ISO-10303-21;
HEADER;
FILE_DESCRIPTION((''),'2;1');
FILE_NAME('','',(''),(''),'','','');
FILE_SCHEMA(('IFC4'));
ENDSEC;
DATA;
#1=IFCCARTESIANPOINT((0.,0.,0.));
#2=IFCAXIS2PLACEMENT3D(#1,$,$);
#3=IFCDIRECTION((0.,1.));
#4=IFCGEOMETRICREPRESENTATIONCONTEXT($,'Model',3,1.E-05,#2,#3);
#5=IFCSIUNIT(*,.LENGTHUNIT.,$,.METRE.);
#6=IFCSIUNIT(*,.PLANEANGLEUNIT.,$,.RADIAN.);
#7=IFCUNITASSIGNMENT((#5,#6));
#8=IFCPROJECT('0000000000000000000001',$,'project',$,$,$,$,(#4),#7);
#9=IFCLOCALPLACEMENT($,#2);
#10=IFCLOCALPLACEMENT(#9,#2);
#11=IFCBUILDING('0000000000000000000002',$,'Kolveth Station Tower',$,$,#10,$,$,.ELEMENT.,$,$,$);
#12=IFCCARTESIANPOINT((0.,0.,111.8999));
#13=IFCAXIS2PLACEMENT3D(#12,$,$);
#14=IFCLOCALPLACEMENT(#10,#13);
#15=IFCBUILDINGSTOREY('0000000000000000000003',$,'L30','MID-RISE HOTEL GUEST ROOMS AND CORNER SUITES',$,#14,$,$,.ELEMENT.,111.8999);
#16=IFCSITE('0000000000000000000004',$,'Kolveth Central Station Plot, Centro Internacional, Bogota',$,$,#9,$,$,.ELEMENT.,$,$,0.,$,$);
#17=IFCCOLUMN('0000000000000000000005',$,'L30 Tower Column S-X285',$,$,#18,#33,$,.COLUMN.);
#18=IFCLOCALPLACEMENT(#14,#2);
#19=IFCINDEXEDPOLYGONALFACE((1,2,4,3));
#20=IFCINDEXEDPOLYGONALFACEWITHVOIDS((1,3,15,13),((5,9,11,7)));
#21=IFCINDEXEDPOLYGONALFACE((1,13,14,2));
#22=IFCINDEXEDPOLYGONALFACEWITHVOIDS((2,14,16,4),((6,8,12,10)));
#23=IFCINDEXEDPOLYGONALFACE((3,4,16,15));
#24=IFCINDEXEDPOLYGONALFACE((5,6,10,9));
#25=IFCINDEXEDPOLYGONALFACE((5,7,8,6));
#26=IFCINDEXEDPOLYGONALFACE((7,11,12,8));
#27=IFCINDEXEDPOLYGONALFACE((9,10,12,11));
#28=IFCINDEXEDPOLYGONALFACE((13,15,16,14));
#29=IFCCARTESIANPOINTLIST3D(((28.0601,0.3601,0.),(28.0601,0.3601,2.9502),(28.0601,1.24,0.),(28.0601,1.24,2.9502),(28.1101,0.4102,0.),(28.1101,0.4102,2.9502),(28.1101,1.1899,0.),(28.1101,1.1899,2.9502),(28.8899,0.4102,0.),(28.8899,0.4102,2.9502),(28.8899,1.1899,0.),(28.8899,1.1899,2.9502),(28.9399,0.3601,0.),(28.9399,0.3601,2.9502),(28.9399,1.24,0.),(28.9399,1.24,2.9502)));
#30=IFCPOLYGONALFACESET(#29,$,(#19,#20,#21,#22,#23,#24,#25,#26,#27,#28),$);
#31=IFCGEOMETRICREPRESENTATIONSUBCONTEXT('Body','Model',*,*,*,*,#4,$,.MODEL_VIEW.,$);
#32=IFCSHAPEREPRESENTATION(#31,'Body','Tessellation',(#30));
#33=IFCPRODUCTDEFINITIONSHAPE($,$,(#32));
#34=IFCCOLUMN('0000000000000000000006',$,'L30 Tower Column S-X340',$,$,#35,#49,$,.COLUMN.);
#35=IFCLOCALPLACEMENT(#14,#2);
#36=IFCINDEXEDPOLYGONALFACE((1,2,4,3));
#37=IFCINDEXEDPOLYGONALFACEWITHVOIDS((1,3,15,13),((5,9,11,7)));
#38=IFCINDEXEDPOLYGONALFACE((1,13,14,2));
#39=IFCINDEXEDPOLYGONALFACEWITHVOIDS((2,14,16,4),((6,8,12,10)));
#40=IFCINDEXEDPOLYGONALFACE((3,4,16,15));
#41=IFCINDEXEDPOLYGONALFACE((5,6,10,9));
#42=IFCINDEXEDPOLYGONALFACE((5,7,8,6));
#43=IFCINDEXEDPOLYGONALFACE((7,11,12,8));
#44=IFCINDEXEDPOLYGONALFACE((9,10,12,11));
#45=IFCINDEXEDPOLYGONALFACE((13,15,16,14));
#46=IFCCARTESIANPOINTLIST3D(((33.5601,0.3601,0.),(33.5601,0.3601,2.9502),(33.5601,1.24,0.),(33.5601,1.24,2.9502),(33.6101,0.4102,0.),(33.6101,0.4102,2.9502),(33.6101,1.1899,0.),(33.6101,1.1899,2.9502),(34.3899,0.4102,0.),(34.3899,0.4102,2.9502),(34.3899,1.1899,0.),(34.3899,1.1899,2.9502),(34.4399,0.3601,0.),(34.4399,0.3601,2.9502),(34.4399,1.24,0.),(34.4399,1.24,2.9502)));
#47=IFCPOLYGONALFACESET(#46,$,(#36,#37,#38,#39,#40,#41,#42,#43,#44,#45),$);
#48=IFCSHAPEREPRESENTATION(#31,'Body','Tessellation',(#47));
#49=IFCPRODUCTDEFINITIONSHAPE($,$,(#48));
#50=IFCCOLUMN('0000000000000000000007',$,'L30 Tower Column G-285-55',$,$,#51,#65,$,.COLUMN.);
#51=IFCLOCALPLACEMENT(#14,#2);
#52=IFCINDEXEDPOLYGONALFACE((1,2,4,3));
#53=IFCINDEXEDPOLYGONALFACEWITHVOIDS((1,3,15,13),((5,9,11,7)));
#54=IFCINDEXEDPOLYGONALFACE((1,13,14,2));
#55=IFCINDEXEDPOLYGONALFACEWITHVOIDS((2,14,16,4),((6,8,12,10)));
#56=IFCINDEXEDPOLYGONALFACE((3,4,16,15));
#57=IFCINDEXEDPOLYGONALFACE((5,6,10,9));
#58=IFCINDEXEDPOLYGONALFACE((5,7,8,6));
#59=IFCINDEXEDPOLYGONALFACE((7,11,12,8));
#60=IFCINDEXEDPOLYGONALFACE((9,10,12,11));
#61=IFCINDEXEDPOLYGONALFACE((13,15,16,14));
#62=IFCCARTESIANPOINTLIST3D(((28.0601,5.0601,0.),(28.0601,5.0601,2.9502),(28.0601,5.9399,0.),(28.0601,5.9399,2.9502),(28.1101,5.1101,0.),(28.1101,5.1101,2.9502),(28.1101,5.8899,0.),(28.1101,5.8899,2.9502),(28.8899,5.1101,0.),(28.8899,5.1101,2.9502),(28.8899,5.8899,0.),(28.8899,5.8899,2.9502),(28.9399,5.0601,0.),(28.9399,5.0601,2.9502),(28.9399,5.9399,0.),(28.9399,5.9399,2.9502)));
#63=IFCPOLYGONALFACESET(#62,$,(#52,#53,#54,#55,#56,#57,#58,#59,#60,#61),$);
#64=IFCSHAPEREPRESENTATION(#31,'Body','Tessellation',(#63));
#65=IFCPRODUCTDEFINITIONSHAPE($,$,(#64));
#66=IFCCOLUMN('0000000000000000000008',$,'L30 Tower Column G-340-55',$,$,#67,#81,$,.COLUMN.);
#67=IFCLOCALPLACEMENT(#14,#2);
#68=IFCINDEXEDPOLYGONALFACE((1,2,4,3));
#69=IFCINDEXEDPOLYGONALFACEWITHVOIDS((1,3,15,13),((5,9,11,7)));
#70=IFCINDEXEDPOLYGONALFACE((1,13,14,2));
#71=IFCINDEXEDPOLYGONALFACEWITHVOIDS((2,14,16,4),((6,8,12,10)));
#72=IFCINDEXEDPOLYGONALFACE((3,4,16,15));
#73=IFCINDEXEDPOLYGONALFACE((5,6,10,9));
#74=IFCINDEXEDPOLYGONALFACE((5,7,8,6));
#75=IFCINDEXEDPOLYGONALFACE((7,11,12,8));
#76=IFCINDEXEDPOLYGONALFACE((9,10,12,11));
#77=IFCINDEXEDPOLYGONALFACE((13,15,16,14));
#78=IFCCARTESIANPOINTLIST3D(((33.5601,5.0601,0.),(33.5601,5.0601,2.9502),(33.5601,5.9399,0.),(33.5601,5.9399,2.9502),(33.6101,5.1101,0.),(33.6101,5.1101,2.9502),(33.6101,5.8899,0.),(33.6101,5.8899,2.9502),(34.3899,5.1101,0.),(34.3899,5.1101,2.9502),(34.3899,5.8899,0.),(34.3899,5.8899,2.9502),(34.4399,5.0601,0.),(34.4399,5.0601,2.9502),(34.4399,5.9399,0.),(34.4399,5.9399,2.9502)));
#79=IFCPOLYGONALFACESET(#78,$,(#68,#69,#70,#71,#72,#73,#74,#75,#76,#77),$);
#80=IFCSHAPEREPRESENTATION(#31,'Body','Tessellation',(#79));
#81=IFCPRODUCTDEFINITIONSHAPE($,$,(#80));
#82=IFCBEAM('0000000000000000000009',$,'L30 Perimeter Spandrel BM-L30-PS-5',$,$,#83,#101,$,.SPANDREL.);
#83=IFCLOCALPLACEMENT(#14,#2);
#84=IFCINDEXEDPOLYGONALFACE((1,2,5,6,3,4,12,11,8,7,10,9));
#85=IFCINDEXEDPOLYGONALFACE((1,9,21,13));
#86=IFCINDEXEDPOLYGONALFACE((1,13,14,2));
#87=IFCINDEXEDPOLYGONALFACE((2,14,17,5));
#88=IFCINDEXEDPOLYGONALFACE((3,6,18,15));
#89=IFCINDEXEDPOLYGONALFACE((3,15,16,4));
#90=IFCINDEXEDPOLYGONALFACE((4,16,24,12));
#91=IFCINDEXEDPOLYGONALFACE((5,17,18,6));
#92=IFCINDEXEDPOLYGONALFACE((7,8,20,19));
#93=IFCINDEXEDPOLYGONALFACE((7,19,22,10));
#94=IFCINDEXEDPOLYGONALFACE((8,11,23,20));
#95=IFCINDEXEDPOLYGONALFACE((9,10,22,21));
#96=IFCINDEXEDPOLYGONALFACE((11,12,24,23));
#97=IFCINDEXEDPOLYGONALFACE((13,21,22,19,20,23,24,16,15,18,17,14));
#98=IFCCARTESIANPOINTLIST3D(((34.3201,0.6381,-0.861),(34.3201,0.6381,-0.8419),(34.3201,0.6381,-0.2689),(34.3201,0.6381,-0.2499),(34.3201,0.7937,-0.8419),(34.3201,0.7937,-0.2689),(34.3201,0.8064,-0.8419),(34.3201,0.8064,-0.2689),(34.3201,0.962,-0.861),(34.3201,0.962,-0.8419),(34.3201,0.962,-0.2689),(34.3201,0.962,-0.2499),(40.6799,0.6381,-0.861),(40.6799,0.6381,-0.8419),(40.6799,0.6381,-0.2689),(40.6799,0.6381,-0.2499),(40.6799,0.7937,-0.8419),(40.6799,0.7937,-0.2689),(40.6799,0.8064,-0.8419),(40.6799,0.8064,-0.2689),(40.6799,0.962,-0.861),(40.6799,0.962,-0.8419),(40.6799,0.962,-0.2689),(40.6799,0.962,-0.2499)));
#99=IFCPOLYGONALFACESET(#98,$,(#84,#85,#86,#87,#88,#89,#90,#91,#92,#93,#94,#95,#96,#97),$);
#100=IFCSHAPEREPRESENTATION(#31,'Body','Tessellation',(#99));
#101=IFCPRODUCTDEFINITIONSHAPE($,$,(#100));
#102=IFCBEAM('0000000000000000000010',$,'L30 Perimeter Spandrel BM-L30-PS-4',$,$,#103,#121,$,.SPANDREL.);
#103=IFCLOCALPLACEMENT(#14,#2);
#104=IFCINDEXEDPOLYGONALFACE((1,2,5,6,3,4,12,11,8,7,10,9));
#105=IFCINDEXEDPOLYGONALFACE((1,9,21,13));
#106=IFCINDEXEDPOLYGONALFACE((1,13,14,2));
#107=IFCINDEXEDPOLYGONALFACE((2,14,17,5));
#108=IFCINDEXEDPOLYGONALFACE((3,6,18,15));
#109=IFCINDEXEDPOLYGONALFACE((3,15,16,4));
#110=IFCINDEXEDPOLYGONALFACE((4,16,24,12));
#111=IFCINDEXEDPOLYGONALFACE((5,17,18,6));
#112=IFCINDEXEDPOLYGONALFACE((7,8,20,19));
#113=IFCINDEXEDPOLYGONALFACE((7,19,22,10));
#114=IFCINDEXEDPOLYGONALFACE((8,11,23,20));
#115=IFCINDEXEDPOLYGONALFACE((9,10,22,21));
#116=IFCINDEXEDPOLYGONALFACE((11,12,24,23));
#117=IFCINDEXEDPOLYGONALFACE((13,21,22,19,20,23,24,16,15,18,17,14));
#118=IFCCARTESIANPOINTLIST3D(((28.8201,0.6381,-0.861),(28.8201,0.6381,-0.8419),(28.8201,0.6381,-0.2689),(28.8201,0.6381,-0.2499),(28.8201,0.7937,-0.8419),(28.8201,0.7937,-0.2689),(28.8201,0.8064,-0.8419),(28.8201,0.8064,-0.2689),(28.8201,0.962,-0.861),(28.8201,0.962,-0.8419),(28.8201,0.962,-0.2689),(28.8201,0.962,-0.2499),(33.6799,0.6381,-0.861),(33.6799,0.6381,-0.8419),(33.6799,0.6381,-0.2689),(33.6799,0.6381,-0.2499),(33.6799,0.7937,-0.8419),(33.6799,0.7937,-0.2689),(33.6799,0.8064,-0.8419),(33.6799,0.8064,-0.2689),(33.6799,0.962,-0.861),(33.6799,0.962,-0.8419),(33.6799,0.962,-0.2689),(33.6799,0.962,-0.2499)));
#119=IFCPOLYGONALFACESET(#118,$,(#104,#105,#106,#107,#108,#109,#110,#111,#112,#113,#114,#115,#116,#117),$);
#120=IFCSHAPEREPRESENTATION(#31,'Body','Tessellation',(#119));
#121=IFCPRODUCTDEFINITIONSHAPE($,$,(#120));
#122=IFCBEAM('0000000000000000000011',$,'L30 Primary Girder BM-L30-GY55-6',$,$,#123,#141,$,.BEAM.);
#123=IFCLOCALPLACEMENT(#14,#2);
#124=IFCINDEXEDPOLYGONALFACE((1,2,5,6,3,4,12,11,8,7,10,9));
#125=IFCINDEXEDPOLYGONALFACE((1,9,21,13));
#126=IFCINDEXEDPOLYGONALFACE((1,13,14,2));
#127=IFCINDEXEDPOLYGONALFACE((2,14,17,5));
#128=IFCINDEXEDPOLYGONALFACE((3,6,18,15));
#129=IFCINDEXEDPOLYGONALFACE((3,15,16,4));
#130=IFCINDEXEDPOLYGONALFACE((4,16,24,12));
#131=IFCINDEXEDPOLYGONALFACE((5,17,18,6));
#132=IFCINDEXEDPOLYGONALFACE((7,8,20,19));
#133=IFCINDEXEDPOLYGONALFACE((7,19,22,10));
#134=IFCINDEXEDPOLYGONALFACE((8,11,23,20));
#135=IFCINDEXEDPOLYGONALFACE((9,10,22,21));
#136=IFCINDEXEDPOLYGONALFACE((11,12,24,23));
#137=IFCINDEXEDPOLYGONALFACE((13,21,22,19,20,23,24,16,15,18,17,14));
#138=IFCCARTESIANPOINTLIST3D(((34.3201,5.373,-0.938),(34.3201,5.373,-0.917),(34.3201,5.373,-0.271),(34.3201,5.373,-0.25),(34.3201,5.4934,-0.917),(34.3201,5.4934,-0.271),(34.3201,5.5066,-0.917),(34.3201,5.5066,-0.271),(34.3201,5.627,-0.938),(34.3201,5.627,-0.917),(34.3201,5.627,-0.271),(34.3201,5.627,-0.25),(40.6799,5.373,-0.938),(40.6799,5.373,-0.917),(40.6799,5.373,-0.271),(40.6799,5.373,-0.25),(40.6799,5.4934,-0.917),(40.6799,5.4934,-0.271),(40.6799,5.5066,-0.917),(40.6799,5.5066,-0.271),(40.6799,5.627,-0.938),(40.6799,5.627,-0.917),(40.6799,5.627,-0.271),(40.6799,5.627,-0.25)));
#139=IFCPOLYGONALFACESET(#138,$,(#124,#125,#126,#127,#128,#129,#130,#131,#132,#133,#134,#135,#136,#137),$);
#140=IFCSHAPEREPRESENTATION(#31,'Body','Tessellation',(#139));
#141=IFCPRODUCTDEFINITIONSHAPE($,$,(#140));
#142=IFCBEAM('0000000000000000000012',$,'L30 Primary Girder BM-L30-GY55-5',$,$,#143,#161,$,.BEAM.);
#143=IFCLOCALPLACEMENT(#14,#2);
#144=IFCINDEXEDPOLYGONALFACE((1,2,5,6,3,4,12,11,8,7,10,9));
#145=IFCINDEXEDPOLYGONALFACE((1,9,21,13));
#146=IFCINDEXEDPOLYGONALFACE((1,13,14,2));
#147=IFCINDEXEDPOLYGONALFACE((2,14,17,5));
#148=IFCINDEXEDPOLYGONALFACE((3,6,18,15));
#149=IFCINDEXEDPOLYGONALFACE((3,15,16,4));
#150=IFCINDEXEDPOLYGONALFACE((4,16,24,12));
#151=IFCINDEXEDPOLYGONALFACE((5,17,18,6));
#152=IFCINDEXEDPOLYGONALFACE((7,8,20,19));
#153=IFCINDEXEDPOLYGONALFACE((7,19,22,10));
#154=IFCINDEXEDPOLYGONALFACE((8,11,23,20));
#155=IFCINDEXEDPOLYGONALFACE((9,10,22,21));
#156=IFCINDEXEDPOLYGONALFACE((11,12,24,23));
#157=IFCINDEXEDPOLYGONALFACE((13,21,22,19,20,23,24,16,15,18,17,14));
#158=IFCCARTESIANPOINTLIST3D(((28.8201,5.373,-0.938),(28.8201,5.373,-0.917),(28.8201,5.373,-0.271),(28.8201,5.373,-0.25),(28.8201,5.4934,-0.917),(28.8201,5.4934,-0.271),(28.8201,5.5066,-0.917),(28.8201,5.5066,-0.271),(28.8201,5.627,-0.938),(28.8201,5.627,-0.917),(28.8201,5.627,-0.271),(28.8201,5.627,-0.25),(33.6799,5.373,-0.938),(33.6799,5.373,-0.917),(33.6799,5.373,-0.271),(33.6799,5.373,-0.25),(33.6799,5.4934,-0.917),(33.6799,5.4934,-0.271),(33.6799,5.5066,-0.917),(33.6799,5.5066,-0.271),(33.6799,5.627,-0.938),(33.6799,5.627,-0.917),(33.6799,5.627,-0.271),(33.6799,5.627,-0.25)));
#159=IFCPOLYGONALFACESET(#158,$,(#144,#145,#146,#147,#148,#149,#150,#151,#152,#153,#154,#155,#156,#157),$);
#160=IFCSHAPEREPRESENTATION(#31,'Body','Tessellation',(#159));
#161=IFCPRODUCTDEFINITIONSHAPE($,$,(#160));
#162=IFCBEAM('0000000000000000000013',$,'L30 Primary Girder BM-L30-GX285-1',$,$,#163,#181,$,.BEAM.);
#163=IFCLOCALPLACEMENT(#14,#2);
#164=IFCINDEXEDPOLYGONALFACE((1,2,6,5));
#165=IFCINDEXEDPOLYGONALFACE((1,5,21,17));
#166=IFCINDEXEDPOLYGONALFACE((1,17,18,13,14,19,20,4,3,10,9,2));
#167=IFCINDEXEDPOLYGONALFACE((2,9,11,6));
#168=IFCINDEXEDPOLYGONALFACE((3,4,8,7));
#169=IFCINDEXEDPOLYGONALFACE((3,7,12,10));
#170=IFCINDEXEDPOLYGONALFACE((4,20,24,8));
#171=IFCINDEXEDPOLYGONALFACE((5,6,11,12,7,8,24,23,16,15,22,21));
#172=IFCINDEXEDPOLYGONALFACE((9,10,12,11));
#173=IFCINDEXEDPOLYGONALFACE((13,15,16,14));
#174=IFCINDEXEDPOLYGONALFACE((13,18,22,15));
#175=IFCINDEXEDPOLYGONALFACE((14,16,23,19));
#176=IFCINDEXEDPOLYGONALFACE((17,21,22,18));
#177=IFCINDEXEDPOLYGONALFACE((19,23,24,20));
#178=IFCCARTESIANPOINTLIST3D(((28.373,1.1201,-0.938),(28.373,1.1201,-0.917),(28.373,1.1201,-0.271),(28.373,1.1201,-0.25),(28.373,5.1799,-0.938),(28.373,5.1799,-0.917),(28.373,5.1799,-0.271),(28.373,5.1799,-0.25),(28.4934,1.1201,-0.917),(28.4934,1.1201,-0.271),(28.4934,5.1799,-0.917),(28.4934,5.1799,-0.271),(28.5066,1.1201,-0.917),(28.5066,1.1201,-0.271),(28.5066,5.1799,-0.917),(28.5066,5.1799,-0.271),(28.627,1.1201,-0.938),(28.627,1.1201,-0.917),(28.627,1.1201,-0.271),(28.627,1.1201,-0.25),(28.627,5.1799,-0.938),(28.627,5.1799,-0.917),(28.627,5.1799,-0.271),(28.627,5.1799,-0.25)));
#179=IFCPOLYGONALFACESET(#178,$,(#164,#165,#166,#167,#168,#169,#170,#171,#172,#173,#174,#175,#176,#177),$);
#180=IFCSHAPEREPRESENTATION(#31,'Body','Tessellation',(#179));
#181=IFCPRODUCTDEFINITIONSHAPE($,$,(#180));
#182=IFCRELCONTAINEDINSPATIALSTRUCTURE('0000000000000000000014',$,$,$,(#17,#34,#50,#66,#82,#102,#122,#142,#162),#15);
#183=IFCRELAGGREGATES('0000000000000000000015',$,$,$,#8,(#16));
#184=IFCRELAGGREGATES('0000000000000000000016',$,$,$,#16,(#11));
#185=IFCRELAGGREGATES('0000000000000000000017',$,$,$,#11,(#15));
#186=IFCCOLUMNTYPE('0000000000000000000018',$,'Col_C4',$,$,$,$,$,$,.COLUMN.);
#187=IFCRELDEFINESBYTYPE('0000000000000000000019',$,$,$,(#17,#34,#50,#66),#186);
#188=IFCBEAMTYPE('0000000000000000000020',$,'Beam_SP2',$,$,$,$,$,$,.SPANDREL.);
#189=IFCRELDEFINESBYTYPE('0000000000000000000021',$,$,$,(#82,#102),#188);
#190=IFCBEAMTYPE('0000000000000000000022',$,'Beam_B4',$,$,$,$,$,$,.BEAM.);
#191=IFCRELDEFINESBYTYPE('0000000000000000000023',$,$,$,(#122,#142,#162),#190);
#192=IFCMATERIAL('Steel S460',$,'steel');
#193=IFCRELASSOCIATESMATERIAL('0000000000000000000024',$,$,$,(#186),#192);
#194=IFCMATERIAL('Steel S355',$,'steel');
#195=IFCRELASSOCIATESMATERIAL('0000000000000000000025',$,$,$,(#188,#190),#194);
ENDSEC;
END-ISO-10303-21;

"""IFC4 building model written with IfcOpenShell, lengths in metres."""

from ifc_helpers import new_model, si_unit, direction, frame, origin, origin_2d, place, context, subcontext, project, spatial, hollow_rectangle, i_section, extrude, source, transform, mapped, material, material_profile, profile_set, type_object, element, save


model = new_model("IFC4")

# Units and contexts
model_context = context("Model", 3, precision=1e-05, world=origin(), true_north=direction((0.0, 1.0)))
body_context = subcontext(model_context, "Body", "Model", "MODEL_VIEW")
ifc_project = project(units=[si_unit("LENGTHUNIT", "METRE"), si_unit("PLANEANGLEUNIT", "RADIAN")], contexts=[model_context])

# Site, building, storey
site_placement = place(None, origin())
site = spatial("IfcSite", under=ifc_project, at=site_placement, Name="Kolveth Central Station Plot, Centro Internacional, Bogota", CompositionType="ELEMENT", RefElevation=0.0)
building_placement = place(site_placement, origin())
building = spatial("IfcBuilding", under=site, at=building_placement, Name="Kolveth Station Tower", CompositionType="ELEMENT")
storey_placement = place(building_placement, frame((0.0, 0.0, 111.8999)))
storey = spatial("IfcBuildingStorey", under=building, at=storey_placement, Name="L30", Description="MID-RISE HOTEL GUEST ROOMS AND CORNER SUITES", CompositionType="ELEMENT", Elevation=111.8999)

# Columns
ifc_material_1 = material(Name="Steel S460", Category="steel")
ifc_material_profile_1 = material_profile(ifc_material_1, hollow_rectangle(XDim=0.8799, YDim=0.8799, WallThickness=0.05, at=origin_2d()), Name="BOX880x880x50")
ifc_profile_set_1 = profile_set([ifc_material_profile_1], Name="Steel S460")
column_type = type_object("IfcColumnType", Name="Col_C4", PredefinedType="COLUMN", material=ifc_profile_set_1)
shared_shape_1 = source(origin(), body_context, "Body", "SweptSolid", [
    extrude(hollow_rectangle(XDim=0.8799, YDim=0.8799, WallThickness=0.05, at=origin_2d()), origin(), (0.0, 0.0, 1.0), 2.9502),
])
for number, where, z_axis, x_axis, name in (
    (1, (28.5, 0.8, 0.0), (0.0, 0.0, 1.0), (1.0, 0.0, 0.0), "L30 Tower Column S-X285"),
    (2, (34.0, 0.8, 0.0), (0.0, 0.0, 1.0), (1.0, 0.0, 0.0), "L30 Tower Column S-X340"),
    (3, (28.5, 5.5, 0.0), (0.0, 0.0, 1.0), (1.0, 0.0, 0.0), "L30 Tower Column G-285-55"),
    (4, (34.0, 5.5, 0.0), (0.0, 0.0, 1.0), (1.0, 0.0, 0.0), "L30 Tower Column G-340-55"),
):
    element("IfcColumn", number, at=place(storey_placement, frame(where, z_axis=z_axis, x_axis=x_axis)), inside=storey, type_object=column_type, Name=name, PredefinedType="COLUMN", context=body_context, shape_type="MappedRepresentation", body=[
        mapped(shared_shape_1, transform((0.0, 0.0, 0.0), x_axis=(1.0, 0.0, 0.0), y_axis=(0.0, 1.0, 0.0), z_axis=(0.0, 0.0, 1.0), scale=1.0)),
    ])

# Beams
ifc_material_2 = material(Name="Steel S355", Category="steel")
ifc_material_profile_2 = material_profile(ifc_material_2, i_section(OverallWidth=0.324, OverallDepth=0.6111, WebThickness=0.0127, FlangeThickness=0.019, at=origin_2d()), Name="W610x155")
ifc_profile_set_2 = profile_set([ifc_material_profile_2], Name="Steel S355")
beam_type_1 = type_object("IfcBeamType", Name="Beam_SP2", PredefinedType="SPANDREL", material=ifc_profile_set_2)
shared_shape_2 = source(origin(), body_context, "Body", "SweptSolid", [
    extrude(i_section(OverallWidth=0.324, OverallDepth=0.6111, WebThickness=0.0127, FlangeThickness=0.019, at=origin_2d()), origin(), (0.0, 0.0, 1.0), 6.3599),
])
beam_1_placement = place(storey_placement, frame((34.3201, 0.8, -0.5554), z_axis=(1.0, 0.0, 0.0), x_axis=(0.0, 1.0, 0.0)))
element("IfcBeam", 5, at=beam_1_placement, inside=storey, type_object=beam_type_1, Name="L30 Perimeter Spandrel BM-L30-PS-5", PredefinedType="SPANDREL", context=body_context, shape_type="MappedRepresentation", body=[
    mapped(shared_shape_2, transform((0.0, 0.0, 0.0), x_axis=(1.0, 0.0, 0.0), y_axis=(0.0, 1.0, 0.0), z_axis=(0.0, 0.0, 1.0), scale=1.0)),
])
shared_shape_3 = source(origin(), body_context, "Body", "SweptSolid", [
    extrude(i_section(OverallWidth=0.324, OverallDepth=0.6111, WebThickness=0.0127, FlangeThickness=0.019, at=origin_2d()), origin(), (0.0, 0.0, 1.0), 4.8599),
])
beam_2_placement = place(storey_placement, frame((28.8201, 0.8, -0.5554), z_axis=(1.0, 0.0, 0.0), x_axis=(0.0, 1.0, 0.0)))
element("IfcBeam", 6, at=beam_2_placement, inside=storey, type_object=beam_type_1, Name="L30 Perimeter Spandrel BM-L30-PS-4", PredefinedType="SPANDREL", context=body_context, shape_type="MappedRepresentation", body=[
    mapped(shared_shape_3, transform((0.0, 0.0, 0.0), x_axis=(1.0, 0.0, 0.0), y_axis=(0.0, 1.0, 0.0), z_axis=(0.0, 0.0, 1.0), scale=1.0)),
])
ifc_material_profile_3 = material_profile(ifc_material_2, i_section(OverallWidth=0.2539, OverallDepth=0.688, WebThickness=0.0132, FlangeThickness=0.021, at=origin_2d()), Name="W690x152")
ifc_profile_set_3 = profile_set([ifc_material_profile_3], Name="Steel S355")
beam_type_2 = type_object("IfcBeamType", Name="Beam_B4", PredefinedType="BEAM", material=ifc_profile_set_3)
shared_shape_4 = source(origin(), body_context, "Body", "SweptSolid", [
    extrude(i_section(OverallWidth=0.2539, OverallDepth=0.688, WebThickness=0.0132, FlangeThickness=0.021, at=origin_2d()), origin(), (0.0, 0.0, 1.0), 6.3599),
])
beam_3_placement = place(storey_placement, frame((34.3201, 5.5, -0.594), z_axis=(1.0, 0.0, 0.0), x_axis=(0.0, 1.0, 0.0)))
element("IfcBeam", 7, at=beam_3_placement, inside=storey, type_object=beam_type_2, Name="L30 Primary Girder BM-L30-GY55-6", PredefinedType="BEAM", context=body_context, shape_type="MappedRepresentation", body=[
    mapped(shared_shape_4, transform((0.0, 0.0, 0.0), x_axis=(1.0, 0.0, 0.0), y_axis=(0.0, 1.0, 0.0), z_axis=(0.0, 0.0, 1.0), scale=1.0)),
])
shared_shape_5 = source(origin(), body_context, "Body", "SweptSolid", [
    extrude(i_section(OverallWidth=0.2539, OverallDepth=0.688, WebThickness=0.0132, FlangeThickness=0.021, at=origin_2d()), origin(), (0.0, 0.0, 1.0), 4.8599),
])
beam_4_placement = place(storey_placement, frame((28.8201, 5.5, -0.594), z_axis=(1.0, 0.0, 0.0), x_axis=(0.0, 1.0, 0.0)))
element("IfcBeam", 8, at=beam_4_placement, inside=storey, type_object=beam_type_2, Name="L30 Primary Girder BM-L30-GY55-5", PredefinedType="BEAM", context=body_context, shape_type="MappedRepresentation", body=[
    mapped(shared_shape_5, transform((0.0, 0.0, 0.0), x_axis=(1.0, 0.0, 0.0), y_axis=(0.0, 1.0, 0.0), z_axis=(0.0, 0.0, 1.0), scale=1.0)),
])
shared_shape_6 = source(origin(), body_context, "Body", "SweptSolid", [
    extrude(i_section(OverallWidth=0.2539, OverallDepth=0.688, WebThickness=0.0132, FlangeThickness=0.021, at=origin_2d()), origin(), (0.0, 0.0, 1.0), 4.0598),
])
for number, where, z_axis, x_axis, name in (
    (9, (28.5, 1.1201, -0.594), (0.0, 1.0, 0.0), (-1.0, 0.0, 0.0), "L30 Primary Girder BM-L30-GX285-1"),
):
    element("IfcBeam", number, at=place(storey_placement, frame(where, z_axis=z_axis, x_axis=x_axis)), inside=storey, type_object=beam_type_2, Name=name, PredefinedType="BEAM", context=body_context, shape_type="MappedRepresentation", body=[
        mapped(shared_shape_6, transform((0.0, 0.0, 0.0), x_axis=(1.0, 0.0, 0.0), y_axis=(0.0, 1.0, 0.0), z_axis=(0.0, 0.0, 1.0), scale=1.0)),
    ])

save(model, "model.ifc")
